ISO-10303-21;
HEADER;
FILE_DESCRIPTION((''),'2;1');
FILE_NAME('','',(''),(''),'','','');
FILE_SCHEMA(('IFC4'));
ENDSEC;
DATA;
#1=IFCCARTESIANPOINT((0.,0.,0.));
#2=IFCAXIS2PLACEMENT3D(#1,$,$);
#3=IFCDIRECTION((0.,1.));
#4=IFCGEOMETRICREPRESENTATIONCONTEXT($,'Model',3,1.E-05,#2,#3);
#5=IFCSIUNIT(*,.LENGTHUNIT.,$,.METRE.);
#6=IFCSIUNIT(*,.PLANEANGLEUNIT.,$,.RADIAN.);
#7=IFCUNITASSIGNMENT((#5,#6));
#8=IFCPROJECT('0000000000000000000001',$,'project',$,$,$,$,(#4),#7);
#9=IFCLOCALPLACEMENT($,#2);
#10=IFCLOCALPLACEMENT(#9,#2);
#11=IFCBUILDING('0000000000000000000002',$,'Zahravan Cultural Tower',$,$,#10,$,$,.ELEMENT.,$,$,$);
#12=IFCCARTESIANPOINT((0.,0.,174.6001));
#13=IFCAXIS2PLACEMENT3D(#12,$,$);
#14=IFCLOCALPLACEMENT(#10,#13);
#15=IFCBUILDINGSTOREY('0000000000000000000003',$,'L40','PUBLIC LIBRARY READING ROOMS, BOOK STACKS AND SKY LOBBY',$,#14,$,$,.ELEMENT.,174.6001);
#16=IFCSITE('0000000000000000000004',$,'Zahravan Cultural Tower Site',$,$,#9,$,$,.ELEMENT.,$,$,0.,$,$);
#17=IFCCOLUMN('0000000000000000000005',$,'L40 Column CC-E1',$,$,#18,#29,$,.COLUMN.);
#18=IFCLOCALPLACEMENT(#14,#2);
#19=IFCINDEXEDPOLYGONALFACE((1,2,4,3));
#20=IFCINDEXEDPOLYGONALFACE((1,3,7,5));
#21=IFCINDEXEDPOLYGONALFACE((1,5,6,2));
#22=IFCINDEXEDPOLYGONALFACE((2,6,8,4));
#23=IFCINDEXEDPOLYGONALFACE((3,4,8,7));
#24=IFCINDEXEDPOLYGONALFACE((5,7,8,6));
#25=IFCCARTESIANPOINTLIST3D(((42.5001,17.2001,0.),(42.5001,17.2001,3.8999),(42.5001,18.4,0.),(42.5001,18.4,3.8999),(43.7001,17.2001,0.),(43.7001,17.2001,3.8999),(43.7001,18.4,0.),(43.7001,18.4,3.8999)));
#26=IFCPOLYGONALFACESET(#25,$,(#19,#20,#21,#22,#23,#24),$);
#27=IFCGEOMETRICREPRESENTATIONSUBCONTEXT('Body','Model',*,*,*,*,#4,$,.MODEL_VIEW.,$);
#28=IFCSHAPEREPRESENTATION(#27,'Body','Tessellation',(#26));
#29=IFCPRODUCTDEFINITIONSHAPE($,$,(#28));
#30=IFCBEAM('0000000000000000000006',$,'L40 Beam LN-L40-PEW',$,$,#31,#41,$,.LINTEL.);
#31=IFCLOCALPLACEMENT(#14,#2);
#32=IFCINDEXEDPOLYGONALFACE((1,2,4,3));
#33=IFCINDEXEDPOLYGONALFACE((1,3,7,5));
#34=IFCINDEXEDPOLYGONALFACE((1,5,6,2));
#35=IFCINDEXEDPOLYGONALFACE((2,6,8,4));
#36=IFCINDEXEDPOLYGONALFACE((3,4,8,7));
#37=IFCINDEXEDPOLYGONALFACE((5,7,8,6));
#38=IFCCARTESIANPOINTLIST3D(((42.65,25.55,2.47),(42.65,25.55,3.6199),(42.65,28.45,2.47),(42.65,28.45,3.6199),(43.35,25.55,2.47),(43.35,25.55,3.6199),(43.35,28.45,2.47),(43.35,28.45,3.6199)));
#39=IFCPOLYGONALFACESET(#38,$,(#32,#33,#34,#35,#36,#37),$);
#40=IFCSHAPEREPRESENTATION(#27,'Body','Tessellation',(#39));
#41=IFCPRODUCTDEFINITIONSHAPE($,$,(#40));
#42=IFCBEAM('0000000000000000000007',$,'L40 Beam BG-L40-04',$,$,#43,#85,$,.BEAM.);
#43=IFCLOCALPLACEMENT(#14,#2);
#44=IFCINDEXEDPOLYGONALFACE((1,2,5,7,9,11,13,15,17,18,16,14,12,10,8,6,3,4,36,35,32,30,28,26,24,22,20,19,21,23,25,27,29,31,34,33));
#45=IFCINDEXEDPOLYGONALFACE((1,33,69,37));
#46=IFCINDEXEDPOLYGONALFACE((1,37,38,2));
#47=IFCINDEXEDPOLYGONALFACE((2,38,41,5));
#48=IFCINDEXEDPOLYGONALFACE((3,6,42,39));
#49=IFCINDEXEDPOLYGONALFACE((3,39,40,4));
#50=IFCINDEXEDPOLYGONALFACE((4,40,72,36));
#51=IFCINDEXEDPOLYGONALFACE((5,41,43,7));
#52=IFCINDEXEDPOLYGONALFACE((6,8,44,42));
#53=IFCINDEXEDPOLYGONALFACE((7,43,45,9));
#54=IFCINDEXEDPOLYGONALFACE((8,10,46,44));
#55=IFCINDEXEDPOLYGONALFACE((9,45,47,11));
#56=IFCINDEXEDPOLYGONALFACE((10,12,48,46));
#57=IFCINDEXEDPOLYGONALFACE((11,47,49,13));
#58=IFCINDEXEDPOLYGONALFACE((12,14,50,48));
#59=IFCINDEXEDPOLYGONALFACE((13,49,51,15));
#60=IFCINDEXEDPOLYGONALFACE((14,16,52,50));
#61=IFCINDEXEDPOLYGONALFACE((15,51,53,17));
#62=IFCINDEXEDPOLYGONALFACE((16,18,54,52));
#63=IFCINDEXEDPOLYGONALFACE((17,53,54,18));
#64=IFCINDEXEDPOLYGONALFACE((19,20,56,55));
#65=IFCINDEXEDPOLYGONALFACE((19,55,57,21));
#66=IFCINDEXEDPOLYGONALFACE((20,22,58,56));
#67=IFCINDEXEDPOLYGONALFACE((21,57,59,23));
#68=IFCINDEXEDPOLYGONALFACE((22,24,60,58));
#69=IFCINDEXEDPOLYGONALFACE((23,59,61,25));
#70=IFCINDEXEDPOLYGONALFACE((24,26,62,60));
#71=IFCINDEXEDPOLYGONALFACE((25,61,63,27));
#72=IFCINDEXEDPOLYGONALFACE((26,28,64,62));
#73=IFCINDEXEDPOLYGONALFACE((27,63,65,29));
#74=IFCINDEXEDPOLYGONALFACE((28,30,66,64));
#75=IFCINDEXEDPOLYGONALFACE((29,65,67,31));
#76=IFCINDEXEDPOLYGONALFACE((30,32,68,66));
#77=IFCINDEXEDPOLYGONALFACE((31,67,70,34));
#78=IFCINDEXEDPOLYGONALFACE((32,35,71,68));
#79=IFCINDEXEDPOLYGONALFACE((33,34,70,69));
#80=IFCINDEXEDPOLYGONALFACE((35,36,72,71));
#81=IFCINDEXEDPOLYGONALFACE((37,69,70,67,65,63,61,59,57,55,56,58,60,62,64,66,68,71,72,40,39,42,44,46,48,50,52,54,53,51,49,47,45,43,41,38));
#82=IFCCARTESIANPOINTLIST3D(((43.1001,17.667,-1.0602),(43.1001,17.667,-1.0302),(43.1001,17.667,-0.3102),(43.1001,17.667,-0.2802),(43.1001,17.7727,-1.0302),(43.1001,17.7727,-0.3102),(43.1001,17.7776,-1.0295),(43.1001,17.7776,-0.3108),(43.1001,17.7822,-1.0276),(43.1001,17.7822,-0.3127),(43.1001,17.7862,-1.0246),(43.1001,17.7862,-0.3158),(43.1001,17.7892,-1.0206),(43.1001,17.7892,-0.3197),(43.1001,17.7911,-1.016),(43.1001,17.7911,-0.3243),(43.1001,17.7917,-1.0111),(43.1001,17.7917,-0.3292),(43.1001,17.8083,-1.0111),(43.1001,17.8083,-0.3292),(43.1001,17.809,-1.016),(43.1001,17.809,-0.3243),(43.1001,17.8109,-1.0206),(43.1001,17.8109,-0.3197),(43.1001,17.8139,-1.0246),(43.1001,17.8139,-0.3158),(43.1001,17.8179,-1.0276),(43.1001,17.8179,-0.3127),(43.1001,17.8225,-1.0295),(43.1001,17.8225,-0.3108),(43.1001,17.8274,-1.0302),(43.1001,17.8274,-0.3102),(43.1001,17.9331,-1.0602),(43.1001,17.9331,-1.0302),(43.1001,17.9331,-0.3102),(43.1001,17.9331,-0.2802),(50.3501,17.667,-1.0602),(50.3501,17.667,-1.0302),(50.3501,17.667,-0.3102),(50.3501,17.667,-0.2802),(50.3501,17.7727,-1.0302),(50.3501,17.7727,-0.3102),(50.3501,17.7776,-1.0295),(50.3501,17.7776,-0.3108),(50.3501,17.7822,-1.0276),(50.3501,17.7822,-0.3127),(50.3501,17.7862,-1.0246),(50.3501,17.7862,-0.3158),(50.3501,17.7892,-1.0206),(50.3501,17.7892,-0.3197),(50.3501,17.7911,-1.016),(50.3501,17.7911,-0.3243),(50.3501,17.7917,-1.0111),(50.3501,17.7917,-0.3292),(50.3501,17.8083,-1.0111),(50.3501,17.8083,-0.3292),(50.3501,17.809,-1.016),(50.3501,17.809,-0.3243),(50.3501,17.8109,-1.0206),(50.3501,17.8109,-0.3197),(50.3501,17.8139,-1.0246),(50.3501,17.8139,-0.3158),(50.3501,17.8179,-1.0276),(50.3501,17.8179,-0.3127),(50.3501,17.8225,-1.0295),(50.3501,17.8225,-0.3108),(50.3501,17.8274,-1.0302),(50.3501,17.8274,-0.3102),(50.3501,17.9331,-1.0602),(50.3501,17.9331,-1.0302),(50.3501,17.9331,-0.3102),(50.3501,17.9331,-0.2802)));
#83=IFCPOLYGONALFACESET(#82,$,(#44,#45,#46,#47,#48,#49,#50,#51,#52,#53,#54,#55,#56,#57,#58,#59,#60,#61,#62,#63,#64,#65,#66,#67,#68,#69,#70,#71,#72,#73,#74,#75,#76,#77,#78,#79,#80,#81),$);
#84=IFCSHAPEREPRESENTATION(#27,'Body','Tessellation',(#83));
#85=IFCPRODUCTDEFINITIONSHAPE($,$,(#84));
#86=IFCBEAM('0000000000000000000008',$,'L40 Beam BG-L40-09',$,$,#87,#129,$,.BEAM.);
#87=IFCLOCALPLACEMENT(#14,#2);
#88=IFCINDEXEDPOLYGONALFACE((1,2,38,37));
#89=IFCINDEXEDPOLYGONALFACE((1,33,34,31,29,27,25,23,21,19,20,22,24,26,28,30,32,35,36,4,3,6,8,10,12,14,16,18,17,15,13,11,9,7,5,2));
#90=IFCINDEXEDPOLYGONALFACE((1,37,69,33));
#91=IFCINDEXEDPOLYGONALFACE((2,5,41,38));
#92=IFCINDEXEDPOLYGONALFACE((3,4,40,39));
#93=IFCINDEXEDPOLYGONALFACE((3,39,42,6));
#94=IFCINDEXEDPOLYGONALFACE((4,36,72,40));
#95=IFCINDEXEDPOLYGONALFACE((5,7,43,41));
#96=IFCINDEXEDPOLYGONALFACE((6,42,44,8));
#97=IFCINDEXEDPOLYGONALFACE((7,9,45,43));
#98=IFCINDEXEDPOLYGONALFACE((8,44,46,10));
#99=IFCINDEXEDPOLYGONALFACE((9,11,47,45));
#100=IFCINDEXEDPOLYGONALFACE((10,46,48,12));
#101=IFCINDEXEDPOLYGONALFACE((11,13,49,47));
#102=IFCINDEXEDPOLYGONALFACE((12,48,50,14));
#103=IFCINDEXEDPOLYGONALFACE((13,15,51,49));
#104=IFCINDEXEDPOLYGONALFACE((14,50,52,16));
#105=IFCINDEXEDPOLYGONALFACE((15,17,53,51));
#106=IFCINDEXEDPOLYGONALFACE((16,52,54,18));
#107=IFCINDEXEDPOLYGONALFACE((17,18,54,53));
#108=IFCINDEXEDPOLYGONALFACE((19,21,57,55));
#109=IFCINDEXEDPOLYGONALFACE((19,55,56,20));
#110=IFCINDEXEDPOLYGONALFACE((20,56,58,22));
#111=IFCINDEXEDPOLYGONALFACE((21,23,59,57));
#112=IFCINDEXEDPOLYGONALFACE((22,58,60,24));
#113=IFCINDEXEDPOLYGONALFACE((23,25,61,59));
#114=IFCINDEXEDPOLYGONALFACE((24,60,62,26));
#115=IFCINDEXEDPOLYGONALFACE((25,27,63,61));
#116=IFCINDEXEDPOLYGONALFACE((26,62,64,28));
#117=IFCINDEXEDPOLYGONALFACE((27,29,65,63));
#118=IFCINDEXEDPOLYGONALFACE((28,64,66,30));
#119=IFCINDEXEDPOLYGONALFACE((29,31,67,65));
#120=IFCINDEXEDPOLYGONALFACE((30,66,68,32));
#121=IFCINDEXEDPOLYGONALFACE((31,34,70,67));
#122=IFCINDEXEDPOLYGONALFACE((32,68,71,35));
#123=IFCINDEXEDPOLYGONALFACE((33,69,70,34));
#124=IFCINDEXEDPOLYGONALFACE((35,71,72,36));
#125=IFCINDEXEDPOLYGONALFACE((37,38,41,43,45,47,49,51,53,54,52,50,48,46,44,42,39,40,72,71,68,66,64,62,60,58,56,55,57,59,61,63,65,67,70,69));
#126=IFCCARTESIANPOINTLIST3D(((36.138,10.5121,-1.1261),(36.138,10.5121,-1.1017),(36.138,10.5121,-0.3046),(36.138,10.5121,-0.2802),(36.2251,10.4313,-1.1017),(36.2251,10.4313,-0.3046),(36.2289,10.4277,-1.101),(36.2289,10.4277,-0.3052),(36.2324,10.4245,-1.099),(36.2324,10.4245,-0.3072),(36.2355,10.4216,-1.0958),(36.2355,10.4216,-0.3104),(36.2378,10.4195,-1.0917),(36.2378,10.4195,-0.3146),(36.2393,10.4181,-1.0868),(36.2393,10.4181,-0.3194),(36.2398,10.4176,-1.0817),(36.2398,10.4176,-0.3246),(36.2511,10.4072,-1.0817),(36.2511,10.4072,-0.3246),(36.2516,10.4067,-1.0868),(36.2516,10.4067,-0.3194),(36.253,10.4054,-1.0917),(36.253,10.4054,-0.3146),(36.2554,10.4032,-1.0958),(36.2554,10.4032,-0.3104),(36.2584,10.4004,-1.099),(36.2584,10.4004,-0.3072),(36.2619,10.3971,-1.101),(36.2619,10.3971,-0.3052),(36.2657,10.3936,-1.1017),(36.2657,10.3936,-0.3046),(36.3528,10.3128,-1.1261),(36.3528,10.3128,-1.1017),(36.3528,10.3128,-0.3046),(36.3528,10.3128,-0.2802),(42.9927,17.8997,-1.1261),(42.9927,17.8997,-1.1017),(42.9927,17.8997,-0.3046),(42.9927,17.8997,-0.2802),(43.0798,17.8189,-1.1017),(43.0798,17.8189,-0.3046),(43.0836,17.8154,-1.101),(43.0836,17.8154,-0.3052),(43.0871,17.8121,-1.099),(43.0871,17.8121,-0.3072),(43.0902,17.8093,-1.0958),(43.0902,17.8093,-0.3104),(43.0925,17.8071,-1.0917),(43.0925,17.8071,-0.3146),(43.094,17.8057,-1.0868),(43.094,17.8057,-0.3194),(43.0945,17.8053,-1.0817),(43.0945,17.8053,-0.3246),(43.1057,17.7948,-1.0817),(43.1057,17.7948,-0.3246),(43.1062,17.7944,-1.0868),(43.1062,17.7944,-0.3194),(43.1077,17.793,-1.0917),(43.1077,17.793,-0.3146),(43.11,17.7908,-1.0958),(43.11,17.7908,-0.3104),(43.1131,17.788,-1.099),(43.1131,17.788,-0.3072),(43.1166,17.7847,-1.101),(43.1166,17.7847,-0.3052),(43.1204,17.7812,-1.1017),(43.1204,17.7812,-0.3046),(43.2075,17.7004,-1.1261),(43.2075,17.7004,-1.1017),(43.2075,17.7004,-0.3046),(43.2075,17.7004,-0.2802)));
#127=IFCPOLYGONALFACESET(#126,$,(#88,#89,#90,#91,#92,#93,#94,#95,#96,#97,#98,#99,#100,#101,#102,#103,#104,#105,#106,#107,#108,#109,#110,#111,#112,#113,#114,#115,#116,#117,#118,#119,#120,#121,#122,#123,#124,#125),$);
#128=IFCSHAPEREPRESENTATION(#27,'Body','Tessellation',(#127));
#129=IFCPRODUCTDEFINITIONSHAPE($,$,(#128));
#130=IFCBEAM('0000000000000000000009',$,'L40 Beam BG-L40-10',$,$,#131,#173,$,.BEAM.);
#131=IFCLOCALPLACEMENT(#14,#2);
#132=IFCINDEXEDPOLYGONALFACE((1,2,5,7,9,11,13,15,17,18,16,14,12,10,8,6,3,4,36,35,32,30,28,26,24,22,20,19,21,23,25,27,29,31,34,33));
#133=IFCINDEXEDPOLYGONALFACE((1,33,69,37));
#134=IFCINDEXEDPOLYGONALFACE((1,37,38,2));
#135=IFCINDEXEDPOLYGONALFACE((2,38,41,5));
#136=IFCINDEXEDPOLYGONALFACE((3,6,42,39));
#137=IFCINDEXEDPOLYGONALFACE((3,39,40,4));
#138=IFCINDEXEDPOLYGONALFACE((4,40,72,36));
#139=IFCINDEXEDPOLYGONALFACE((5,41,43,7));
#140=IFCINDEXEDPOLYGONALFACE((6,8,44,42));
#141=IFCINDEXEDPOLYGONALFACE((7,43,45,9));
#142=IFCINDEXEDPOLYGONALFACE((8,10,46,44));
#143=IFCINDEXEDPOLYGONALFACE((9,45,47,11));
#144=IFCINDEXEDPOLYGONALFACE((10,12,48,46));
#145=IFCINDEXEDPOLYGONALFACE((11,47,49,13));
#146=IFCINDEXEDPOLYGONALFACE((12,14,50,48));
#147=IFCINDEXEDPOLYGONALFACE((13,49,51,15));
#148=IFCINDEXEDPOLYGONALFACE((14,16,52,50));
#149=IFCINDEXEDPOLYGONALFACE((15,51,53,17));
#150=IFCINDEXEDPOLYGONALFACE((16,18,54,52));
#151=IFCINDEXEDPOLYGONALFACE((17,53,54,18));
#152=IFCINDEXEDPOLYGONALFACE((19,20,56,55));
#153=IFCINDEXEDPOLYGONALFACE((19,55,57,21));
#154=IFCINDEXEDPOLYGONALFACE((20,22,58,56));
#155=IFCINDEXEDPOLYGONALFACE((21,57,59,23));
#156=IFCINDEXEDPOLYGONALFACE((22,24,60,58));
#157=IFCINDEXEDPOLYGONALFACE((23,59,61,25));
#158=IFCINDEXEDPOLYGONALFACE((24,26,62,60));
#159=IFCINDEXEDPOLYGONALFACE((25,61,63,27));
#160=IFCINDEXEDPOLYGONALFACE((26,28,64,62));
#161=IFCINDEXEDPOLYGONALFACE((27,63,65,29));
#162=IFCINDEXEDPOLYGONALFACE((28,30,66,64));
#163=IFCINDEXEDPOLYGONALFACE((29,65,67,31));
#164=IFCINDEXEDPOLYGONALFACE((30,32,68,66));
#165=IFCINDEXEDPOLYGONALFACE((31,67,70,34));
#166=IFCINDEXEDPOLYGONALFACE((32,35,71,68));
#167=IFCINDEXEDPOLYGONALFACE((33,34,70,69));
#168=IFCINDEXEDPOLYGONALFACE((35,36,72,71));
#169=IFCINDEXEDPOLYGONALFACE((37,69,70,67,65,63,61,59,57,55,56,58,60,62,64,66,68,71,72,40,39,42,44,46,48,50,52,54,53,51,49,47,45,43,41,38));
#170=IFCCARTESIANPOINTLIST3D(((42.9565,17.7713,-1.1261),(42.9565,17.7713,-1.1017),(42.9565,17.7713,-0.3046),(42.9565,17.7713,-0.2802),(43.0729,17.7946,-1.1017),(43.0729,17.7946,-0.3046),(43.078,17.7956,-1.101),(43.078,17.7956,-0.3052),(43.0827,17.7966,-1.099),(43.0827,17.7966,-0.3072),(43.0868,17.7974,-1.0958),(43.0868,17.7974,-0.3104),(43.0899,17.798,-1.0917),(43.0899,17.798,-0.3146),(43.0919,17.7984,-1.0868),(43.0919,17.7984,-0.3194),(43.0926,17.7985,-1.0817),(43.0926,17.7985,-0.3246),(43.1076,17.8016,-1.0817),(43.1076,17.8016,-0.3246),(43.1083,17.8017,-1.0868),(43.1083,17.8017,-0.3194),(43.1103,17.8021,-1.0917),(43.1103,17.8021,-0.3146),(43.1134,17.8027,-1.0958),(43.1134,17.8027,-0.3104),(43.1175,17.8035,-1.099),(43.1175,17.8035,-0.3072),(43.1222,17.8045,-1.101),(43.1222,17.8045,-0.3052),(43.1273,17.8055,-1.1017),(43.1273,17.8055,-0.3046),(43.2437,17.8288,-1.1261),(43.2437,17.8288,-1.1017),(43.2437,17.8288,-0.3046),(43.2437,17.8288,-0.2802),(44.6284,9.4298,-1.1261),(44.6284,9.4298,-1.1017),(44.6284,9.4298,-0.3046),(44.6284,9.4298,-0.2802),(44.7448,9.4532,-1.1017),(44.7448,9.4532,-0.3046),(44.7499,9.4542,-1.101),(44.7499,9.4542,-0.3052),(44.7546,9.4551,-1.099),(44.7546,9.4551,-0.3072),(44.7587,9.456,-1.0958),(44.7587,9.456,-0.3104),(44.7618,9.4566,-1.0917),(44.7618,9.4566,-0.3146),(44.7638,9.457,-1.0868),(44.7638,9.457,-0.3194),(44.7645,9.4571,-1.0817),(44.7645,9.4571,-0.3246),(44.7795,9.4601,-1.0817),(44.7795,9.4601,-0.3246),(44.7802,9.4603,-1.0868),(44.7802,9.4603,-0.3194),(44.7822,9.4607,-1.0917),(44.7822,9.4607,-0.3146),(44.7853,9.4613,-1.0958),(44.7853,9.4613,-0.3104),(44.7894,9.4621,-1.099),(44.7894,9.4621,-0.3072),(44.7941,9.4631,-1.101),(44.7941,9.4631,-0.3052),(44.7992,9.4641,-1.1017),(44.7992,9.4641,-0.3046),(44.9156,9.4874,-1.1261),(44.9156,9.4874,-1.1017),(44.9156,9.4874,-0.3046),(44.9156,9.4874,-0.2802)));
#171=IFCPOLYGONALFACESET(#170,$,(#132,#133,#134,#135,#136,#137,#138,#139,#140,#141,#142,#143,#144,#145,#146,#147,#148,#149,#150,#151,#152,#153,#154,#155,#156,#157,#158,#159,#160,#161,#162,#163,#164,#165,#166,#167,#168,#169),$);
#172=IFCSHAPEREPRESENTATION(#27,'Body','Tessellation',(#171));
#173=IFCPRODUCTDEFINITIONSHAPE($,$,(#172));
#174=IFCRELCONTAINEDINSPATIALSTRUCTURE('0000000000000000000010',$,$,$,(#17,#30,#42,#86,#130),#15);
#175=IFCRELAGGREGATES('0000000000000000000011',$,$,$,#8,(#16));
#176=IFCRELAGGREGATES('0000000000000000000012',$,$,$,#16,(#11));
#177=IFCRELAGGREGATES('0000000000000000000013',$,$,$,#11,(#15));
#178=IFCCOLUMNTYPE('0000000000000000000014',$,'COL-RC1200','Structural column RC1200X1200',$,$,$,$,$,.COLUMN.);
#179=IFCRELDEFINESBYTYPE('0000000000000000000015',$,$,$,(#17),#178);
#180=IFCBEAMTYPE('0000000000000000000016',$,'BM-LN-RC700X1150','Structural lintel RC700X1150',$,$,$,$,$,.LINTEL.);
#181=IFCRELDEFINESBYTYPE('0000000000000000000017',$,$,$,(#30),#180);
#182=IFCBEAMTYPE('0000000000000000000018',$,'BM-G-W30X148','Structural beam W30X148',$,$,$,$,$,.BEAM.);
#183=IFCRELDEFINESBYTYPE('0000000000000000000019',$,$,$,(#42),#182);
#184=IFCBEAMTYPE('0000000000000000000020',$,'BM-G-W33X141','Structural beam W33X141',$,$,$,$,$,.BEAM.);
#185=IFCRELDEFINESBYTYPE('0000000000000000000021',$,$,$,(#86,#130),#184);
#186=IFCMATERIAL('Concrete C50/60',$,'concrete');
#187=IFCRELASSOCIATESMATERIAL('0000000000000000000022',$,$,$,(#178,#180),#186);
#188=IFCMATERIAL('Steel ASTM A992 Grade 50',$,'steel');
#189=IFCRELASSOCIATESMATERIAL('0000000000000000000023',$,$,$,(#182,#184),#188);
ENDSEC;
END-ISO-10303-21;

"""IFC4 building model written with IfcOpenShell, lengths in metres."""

from ifc_helpers import new_model, si_unit, direction, frame, origin, origin_2d, place, context, subcontext, project, spatial, rectangle, i_section, extrude, source, transform, mapped, material, material_profile, profile_set, type_object, element, save


model = new_model("IFC4")

# Units and contexts
model_context = context("Model", 3, precision=1e-05, world=origin(), true_north=direction((0.0, 1.0)))
body_context = subcontext(model_context, "Body", "Model", "MODEL_VIEW")
ifc_project = project(units=[si_unit("LENGTHUNIT", "METRE"), si_unit("PLANEANGLEUNIT", "RADIAN")], contexts=[model_context])

# Site, building, storey
site_placement = place(None, origin())
site = spatial("IfcSite", under=ifc_project, at=site_placement, Name="Zahravan Cultural Tower Site", CompositionType="ELEMENT", RefElevation=0.0)
building_placement = place(site_placement, origin())
building = spatial("IfcBuilding", under=site, at=building_placement, Name="Zahravan Cultural Tower", CompositionType="ELEMENT")
storey_placement = place(building_placement, frame((0.0, 0.0, 174.6001)))
storey = spatial("IfcBuildingStorey", under=building, at=storey_placement, Name="L40", Description="PUBLIC LIBRARY READING ROOMS, BOOK STACKS AND SKY LOBBY", CompositionType="ELEMENT", Elevation=174.6001)

# Column
ifc_material_1 = material(Name="Concrete C50/60", Category="concrete")
ifc_material_profile_1 = material_profile(ifc_material_1, rectangle(XDim=1.2, YDim=1.2, at=origin_2d()), Name="RC1200X1200")
ifc_profile_set_1 = profile_set([ifc_material_profile_1], Name="Concrete C50/60")
column_type = type_object("IfcColumnType", Name="COL-RC1200", Description="Structural column RC1200X1200", PredefinedType="COLUMN", material=ifc_profile_set_1)
shared_shape_1 = source(origin(), body_context, "Body", "SweptSolid", [
    extrude(rectangle(XDim=1.2, YDim=1.2, at=origin_2d()), origin(), (0.0, 0.0, 1.0), 3.8999),
])
column_placement = place(storey_placement, frame((43.1001, 17.8, 0.0), z_axis=(0.0, 0.0, 1.0), x_axis=(1.0, 0.0, 0.0)))
element("IfcColumn", 1, at=column_placement, inside=storey, type_object=column_type, Name="L40 Column CC-E1", PredefinedType="COLUMN", context=body_context, shape_type="MappedRepresentation", body=[
    mapped(shared_shape_1, transform((0.0, 0.0, 0.0), x_axis=(1.0, 0.0, 0.0), y_axis=(0.0, 1.0, 0.0), z_axis=(0.0, 0.0, 1.0), scale=1.0)),
])

# Beams
ifc_material_profile_2 = material_profile(ifc_material_1, rectangle(XDim=0.7, YDim=1.1499, at=origin_2d()), Name="RC700X1150")
ifc_profile_set_2 = profile_set([ifc_material_profile_2], Name="Concrete C50/60")
beam_type_1 = type_object("IfcBeamType", Name="BM-LN-RC700X1150", Description="Structural lintel RC700X1150", PredefinedType="LINTEL", material=ifc_profile_set_2)
shared_shape_2 = source(origin(), body_context, "Body", "SweptSolid", [
    extrude(rectangle(XDim=0.7, YDim=1.1499, at=origin_2d()), origin(), (0.0, 0.0, 1.0), 2.8999),
])
beam_1_placement = place(storey_placement, frame((43.0, 25.55, 3.0449), z_axis=(0.0, 1.0, 0.0), x_axis=(-1.0, 0.0, 0.0)))
element("IfcBeam", 2, at=beam_1_placement, inside=storey, type_object=beam_type_1, Name="L40 Beam LN-L40-PEW", PredefinedType="LINTEL", context=body_context, shape_type="MappedRepresentation", body=[
    mapped(shared_shape_2, transform((0.0, 0.0, 0.0), x_axis=(1.0, 0.0, 0.0), y_axis=(0.0, 1.0, 0.0), z_axis=(0.0, 0.0, 1.0), scale=1.0)),
])
ifc_material_2 = material(Name="Steel ASTM A992 Grade 50", Category="steel")
ifc_material_profile_3 = material_profile(ifc_material_2, i_section(OverallWidth=0.2661, OverallDepth=0.78, WebThickness=0.0166, FlangeThickness=0.03, FilletRadius=0.019, at=origin_2d()), Name="W30X148")
ifc_profile_set_3 = profile_set([ifc_material_profile_3], Name="Steel ASTM A992 Grade 50")
beam_type_2 = type_object("IfcBeamType", Name="BM-G-W30X148", Description="Structural beam W30X148", PredefinedType="BEAM", material=ifc_profile_set_3)
shared_shape_3 = source(origin(), body_context, "Body", "SweptSolid", [
    extrude(i_section(OverallWidth=0.2661, OverallDepth=0.78, WebThickness=0.0166, FlangeThickness=0.03, FilletRadius=0.019, at=origin_2d()), origin(), (0.0, 0.0, 1.0), 7.25),
])
beam_2_placement = place(storey_placement, frame((43.1001, 17.8, -0.6702), z_axis=(1.0, 0.0, 0.0), x_axis=(0.0, 1.0, 0.0)))
element("IfcBeam", 3, at=beam_2_placement, inside=storey, type_object=beam_type_2, Name="L40 Beam BG-L40-04", PredefinedType="BEAM", context=body_context, shape_type="MappedRepresentation", body=[
    mapped(shared_shape_3, transform((0.0, 0.0, 0.0), x_axis=(1.0, 0.0, 0.0), y_axis=(0.0, 1.0, 0.0), z_axis=(0.0, 0.0, 1.0), scale=1.0)),
])
ifc_material_profile_4 = material_profile(ifc_material_2, i_section(OverallWidth=0.293, OverallDepth=0.8459, WebThickness=0.0154, FlangeThickness=0.0244, FilletRadius=0.02, at=origin_2d()), Name="W33X141")
ifc_profile_set_4 = profile_set([ifc_material_profile_4], Name="Steel ASTM A992 Grade 50")
beam_type_3 = type_object("IfcBeamType", Name="BM-G-W33X141", Description="Structural beam W33X141", PredefinedType="BEAM", material=ifc_profile_set_4)
shared_shape_4 = source(origin(), body_context, "Body", "SweptSolid", [
    extrude(i_section(OverallWidth=0.293, OverallDepth=0.8459, WebThickness=0.0154, FlangeThickness=0.0244, FilletRadius=0.02, at=origin_2d()), origin(), (0.0, 0.0, 1.0), 10.0779),
])
beam_3_placement = place(storey_placement, frame((43.1001, 17.8, -0.7031), z_axis=(-0.68017, -0.733054, 0.0), x_axis=(0.733054, -0.68017, 0.0)))
element("IfcBeam", 4, at=beam_3_placement, inside=storey, type_object=beam_type_3, Name="L40 Beam BG-L40-09", PredefinedType="BEAM", context=body_context, shape_type="MappedRepresentation", body=[
    mapped(shared_shape_4, transform((0.0, 0.0, 0.0), x_axis=(1.0, 0.0, 0.0), y_axis=(0.0, 1.0, 0.0), z_axis=(0.0, 0.0, 1.0), scale=1.0)),
])
shared_shape_5 = source(origin(), body_context, "Body", "SweptSolid", [
    extrude(i_section(OverallWidth=0.293, OverallDepth=0.8459, WebThickness=0.0154, FlangeThickness=0.0244, FilletRadius=0.02, at=origin_2d()), origin(), (0.0, 0.0, 1.0), 8.5073),
])
beam_4_placement = place(storey_placement, frame((43.1001, 17.8, -0.7031), z_axis=(0.196525, -0.980499, 0.0), x_axis=(0.980499, 0.196525, 0.0)))
element("IfcBeam", 5, at=beam_4_placement, inside=storey, type_object=beam_type_3, Name="L40 Beam BG-L40-10", PredefinedType="BEAM", context=body_context, shape_type="MappedRepresentation", body=[
    mapped(shared_shape_5, transform((0.0, 0.0, 0.0), x_axis=(1.0, 0.0, 0.0), y_axis=(0.0, 1.0, 0.0), z_axis=(0.0, 0.0, 1.0), scale=1.0)),
])

save(model, "model.ifc")
